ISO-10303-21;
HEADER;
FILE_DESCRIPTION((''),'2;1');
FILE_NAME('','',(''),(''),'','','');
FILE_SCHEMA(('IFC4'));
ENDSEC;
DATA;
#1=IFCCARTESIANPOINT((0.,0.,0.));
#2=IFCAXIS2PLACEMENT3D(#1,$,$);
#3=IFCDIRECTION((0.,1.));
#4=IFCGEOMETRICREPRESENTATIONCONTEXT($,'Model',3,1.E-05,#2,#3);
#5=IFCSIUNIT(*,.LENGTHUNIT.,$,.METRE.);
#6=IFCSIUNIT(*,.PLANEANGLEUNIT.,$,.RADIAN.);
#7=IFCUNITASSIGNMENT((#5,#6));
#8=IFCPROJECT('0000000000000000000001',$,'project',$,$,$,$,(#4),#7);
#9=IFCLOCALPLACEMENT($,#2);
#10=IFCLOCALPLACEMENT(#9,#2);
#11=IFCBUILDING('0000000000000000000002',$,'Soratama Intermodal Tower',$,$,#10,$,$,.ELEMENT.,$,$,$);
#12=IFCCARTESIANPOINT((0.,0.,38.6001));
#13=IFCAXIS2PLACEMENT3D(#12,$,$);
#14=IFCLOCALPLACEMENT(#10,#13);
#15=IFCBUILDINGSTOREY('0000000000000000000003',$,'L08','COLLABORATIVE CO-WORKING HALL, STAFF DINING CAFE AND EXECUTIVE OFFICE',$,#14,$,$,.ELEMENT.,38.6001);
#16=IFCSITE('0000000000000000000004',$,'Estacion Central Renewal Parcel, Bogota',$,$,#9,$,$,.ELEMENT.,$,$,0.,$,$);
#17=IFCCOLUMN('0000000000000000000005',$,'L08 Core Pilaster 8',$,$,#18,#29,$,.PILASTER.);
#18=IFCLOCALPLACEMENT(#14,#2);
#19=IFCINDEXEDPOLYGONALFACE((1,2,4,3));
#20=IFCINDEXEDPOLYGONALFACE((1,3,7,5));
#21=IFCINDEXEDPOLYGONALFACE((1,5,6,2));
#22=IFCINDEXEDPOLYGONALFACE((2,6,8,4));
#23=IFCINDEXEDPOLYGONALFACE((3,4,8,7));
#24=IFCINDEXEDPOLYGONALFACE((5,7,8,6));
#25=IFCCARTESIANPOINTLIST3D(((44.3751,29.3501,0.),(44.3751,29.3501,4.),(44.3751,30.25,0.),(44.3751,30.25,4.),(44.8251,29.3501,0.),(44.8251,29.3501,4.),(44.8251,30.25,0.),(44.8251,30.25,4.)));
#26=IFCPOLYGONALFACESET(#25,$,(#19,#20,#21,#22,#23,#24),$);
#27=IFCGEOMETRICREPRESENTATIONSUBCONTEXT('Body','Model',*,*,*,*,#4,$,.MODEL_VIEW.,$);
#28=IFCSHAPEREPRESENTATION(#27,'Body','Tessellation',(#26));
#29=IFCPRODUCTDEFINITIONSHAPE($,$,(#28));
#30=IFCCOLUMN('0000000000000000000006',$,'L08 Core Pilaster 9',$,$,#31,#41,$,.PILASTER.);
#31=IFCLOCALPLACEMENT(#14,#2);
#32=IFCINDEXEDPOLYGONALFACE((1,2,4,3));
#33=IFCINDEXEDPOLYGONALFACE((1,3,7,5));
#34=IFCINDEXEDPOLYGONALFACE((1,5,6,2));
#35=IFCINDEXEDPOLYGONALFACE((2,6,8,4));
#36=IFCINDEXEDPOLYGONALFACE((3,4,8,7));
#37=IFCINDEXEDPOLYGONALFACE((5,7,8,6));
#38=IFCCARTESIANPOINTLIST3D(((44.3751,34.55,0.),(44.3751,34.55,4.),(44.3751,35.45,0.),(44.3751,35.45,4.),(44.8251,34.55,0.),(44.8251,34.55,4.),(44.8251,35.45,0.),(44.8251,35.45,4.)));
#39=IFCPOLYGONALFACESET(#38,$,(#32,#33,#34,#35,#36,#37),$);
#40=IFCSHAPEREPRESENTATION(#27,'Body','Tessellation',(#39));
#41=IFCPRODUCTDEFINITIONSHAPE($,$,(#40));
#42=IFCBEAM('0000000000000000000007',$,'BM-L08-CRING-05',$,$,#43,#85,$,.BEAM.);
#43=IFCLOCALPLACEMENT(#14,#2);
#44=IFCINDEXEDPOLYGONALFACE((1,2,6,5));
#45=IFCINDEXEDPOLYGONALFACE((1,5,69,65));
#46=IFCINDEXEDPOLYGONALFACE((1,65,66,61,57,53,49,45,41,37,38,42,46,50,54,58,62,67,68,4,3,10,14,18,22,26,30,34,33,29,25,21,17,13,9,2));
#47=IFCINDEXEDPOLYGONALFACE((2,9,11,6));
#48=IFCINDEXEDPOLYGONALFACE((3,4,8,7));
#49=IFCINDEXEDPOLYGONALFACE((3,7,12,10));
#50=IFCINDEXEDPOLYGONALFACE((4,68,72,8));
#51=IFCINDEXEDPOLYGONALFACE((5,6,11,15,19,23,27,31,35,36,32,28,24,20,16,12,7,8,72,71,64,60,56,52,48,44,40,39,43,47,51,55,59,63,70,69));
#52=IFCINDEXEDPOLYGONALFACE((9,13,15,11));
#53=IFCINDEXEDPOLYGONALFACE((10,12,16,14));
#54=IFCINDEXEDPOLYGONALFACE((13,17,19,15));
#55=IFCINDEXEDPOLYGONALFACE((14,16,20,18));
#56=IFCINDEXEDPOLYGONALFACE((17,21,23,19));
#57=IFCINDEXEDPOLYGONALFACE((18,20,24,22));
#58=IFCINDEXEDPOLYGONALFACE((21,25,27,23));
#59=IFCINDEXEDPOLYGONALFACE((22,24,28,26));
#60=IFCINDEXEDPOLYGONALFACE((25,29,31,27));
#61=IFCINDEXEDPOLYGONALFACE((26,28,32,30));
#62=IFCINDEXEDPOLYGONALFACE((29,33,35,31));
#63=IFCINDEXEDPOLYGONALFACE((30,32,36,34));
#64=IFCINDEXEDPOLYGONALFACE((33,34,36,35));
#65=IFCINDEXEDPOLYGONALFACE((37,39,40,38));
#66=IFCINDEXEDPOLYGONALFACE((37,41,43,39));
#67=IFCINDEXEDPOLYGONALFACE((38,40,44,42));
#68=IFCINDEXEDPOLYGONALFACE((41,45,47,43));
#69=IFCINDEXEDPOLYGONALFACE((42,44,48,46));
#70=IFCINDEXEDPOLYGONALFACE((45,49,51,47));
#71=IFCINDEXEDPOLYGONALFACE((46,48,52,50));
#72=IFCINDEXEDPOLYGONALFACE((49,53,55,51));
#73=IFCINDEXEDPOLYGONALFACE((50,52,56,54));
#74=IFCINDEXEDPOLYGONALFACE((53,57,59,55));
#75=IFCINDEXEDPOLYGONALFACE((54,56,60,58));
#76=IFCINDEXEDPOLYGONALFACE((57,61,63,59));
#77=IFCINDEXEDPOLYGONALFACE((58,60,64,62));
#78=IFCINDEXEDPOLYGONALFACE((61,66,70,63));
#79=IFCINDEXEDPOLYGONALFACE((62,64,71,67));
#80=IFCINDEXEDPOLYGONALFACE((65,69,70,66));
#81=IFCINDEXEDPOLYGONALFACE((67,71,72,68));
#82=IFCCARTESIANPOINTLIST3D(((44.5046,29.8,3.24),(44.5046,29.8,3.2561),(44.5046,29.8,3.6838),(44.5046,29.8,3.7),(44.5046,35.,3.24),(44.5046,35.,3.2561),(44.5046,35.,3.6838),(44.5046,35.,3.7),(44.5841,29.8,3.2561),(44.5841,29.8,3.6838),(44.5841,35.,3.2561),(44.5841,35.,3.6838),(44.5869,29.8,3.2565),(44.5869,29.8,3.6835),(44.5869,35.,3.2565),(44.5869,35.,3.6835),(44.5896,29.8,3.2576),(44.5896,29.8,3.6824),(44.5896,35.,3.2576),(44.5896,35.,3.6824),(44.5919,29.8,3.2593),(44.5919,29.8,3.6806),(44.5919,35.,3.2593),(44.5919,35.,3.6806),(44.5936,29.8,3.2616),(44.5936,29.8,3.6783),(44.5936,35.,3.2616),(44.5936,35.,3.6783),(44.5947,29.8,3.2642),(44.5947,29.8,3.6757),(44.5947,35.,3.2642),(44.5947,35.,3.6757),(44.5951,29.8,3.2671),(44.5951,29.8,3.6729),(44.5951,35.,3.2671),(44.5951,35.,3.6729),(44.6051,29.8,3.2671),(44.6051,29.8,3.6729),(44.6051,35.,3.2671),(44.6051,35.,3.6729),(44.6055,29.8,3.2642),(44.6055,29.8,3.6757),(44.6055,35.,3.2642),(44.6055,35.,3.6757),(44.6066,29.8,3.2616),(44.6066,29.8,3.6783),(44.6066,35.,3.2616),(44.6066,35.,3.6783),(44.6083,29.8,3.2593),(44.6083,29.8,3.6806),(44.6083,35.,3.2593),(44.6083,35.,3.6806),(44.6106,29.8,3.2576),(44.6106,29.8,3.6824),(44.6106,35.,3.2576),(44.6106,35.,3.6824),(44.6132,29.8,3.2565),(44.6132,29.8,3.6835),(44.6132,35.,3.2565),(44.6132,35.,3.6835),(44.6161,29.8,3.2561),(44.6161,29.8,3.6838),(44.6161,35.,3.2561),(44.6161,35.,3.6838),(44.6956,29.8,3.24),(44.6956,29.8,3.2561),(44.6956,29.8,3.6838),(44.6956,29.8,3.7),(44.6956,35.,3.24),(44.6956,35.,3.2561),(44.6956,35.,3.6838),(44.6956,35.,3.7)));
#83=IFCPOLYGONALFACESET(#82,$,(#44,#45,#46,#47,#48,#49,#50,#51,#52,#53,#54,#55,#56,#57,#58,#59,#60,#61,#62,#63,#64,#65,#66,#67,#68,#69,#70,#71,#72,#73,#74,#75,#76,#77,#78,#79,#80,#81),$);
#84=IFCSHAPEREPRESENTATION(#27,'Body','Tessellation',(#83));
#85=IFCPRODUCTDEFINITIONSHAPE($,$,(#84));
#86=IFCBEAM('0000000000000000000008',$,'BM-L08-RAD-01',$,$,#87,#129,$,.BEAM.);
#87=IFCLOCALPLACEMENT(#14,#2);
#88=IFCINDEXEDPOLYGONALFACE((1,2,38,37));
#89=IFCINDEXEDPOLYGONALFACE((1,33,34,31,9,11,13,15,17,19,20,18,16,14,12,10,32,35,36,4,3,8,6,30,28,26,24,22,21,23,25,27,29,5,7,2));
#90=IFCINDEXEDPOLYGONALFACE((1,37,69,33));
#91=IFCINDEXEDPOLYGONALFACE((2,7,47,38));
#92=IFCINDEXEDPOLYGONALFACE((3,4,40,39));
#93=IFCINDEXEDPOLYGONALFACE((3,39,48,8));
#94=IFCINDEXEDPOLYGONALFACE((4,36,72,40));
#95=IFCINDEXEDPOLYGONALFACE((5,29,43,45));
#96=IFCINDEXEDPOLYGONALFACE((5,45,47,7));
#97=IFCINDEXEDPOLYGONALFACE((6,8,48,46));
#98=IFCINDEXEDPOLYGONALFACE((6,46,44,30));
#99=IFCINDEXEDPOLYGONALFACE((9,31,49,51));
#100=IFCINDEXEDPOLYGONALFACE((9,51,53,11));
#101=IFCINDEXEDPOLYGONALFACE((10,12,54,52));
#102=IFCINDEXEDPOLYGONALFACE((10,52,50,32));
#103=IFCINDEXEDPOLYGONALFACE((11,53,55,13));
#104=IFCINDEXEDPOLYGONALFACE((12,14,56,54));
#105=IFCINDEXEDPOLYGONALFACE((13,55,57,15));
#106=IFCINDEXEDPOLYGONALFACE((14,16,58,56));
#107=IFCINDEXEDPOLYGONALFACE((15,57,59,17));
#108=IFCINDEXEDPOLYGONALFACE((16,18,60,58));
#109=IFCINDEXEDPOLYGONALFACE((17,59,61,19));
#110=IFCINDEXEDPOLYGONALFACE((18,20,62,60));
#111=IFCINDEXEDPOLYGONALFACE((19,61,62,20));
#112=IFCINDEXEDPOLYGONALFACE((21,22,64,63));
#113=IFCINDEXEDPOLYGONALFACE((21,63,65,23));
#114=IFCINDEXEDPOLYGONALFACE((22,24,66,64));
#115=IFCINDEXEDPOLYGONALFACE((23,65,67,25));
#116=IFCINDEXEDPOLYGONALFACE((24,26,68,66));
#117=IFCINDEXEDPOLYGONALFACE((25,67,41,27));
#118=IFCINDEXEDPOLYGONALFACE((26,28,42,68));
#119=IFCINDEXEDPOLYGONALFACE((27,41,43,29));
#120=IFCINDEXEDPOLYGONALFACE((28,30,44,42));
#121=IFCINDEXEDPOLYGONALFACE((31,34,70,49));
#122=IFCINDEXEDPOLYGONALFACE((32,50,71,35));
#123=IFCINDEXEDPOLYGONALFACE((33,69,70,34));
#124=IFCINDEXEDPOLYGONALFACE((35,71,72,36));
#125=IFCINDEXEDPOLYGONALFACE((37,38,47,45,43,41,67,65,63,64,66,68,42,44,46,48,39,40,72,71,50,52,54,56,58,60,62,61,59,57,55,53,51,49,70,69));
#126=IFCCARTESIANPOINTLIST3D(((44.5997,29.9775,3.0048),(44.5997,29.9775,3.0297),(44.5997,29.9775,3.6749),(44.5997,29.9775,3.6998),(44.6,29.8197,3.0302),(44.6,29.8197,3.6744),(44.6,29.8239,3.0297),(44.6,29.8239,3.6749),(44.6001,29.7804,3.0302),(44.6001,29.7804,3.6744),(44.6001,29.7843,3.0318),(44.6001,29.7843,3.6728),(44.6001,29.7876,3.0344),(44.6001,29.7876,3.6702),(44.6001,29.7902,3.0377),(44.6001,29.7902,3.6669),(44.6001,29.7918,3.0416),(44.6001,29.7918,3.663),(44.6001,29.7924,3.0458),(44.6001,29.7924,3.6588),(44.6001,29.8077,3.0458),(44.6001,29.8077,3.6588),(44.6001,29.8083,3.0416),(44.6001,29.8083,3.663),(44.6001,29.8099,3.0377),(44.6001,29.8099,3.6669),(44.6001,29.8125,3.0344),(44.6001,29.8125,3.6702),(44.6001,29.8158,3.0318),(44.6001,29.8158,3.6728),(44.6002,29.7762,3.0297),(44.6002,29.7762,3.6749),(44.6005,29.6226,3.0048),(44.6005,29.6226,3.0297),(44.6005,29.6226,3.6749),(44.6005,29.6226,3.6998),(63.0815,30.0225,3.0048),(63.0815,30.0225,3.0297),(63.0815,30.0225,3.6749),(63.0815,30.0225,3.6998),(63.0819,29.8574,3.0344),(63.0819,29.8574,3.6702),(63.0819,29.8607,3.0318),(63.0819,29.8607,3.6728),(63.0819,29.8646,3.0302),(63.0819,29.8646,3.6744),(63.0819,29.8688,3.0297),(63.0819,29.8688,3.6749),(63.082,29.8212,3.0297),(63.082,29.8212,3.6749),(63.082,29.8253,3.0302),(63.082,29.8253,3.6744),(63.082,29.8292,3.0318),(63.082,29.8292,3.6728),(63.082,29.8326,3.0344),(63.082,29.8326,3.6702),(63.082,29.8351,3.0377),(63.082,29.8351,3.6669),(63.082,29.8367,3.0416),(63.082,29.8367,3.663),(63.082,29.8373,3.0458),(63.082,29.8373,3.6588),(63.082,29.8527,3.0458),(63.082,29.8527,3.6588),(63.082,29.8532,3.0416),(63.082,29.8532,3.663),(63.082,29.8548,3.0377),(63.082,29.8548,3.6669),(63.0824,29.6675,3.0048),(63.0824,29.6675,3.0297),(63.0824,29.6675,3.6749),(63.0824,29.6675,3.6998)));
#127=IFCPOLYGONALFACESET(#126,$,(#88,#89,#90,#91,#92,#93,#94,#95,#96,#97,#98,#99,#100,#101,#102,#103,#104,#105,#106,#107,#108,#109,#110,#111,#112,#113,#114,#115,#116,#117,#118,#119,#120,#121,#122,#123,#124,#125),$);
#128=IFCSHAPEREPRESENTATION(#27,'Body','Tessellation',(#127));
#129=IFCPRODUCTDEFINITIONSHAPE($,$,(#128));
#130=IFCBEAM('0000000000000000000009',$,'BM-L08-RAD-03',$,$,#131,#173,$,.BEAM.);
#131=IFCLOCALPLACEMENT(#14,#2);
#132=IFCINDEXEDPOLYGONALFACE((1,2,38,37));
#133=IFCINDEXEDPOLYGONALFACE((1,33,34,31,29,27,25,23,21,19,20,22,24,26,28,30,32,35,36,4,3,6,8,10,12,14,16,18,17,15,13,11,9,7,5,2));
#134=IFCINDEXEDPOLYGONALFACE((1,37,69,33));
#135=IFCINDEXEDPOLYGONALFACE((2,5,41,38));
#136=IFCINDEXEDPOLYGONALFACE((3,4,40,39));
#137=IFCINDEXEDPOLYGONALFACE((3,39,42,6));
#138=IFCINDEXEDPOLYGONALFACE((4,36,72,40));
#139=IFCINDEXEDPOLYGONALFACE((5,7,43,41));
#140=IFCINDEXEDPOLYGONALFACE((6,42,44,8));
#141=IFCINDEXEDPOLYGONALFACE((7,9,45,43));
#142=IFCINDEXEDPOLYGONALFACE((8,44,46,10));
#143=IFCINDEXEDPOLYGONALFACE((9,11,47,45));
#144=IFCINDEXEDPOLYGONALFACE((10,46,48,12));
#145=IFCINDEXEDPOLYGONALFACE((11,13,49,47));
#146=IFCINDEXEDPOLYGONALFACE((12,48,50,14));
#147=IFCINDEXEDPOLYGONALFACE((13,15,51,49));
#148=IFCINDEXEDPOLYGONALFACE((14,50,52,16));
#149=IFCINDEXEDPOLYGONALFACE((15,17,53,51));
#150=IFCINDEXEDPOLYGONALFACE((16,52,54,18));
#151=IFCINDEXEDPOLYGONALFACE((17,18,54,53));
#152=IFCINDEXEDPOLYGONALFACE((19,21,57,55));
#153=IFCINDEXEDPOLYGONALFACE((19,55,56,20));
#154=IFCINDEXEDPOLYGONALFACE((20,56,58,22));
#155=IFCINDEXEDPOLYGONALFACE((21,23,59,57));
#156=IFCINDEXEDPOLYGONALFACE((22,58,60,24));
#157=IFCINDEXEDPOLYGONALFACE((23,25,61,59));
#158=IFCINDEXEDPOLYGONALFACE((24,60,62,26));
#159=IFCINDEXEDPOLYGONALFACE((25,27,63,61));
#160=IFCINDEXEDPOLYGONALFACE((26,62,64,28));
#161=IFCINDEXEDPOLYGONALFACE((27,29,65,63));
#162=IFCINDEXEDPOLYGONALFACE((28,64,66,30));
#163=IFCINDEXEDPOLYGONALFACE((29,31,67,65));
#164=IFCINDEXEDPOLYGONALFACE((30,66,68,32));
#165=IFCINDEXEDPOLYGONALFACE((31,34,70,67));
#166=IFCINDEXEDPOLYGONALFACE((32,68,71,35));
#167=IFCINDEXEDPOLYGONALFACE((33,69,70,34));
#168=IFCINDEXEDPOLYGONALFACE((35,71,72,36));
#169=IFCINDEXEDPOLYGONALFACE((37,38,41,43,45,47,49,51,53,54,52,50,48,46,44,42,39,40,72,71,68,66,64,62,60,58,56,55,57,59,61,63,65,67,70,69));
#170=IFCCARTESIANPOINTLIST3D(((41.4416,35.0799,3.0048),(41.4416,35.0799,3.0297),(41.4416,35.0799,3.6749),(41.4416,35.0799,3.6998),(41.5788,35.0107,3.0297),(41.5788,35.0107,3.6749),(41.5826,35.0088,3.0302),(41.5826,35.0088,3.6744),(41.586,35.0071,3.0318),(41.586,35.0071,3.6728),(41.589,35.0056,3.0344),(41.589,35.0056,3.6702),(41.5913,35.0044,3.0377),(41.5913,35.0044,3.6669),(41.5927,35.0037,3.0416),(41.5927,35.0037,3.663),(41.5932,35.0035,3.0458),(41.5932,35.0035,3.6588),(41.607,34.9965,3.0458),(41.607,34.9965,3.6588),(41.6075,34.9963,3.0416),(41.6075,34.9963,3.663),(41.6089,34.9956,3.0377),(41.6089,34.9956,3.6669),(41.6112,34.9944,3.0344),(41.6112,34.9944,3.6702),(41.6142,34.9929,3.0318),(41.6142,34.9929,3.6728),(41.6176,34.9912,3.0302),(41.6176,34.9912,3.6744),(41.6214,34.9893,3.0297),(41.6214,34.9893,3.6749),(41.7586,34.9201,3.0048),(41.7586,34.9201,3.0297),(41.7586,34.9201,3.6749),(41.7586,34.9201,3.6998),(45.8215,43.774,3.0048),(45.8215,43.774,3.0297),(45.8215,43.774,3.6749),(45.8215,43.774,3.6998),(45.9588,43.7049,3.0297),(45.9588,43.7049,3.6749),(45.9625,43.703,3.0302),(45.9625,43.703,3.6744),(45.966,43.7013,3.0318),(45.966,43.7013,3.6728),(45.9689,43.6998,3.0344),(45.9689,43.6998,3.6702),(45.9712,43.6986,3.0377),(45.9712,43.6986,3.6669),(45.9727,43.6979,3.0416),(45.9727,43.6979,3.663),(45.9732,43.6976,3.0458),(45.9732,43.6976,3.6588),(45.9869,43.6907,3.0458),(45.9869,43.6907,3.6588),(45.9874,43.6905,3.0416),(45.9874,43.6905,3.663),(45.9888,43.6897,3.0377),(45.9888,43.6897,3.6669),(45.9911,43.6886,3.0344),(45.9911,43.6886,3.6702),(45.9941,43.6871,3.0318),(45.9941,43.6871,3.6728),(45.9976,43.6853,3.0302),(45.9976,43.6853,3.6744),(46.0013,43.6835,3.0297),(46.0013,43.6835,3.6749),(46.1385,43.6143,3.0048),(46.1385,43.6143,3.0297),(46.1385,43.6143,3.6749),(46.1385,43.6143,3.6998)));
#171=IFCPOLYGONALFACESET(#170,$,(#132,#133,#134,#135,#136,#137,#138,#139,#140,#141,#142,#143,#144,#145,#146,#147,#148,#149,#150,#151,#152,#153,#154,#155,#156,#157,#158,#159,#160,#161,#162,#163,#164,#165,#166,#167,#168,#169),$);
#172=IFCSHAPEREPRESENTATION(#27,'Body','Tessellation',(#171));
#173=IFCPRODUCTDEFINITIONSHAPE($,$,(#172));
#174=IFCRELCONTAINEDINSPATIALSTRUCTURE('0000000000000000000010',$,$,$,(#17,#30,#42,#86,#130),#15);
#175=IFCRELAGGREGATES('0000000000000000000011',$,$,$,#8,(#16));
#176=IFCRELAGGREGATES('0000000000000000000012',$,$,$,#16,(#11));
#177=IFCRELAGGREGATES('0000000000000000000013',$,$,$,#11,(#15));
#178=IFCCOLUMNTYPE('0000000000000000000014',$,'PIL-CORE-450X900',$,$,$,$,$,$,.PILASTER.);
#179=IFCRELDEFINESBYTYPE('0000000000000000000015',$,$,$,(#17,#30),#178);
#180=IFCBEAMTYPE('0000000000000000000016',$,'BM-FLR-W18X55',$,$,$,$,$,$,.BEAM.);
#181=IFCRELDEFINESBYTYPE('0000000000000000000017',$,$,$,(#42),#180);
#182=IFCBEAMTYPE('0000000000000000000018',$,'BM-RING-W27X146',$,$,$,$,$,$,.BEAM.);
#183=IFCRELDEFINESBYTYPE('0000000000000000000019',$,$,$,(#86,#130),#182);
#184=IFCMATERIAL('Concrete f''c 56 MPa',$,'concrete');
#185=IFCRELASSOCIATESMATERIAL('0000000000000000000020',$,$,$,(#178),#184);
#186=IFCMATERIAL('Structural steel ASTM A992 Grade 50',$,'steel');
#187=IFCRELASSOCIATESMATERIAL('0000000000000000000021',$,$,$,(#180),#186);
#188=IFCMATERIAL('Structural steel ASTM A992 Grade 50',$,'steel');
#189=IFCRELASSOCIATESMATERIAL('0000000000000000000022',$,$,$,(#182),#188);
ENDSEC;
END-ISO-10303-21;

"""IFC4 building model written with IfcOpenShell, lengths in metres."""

from ifc_helpers import new_model, si_unit, direction, frame, origin, origin_2d, place, context, subcontext, project, spatial, rectangle, i_section, extrude, material, material_profile, profile_set, type_object, element, save


model = new_model("IFC4")

# Units and contexts
model_context = context("Model", 3, precision=1e-05, world=origin(), true_north=direction((0.0, 1.0)))
body_context = subcontext(model_context, "Body", "Model", "MODEL_VIEW")
ifc_project = project(units=[si_unit("LENGTHUNIT", "METRE"), si_unit("PLANEANGLEUNIT", "RADIAN")], contexts=[model_context])

# Site, building, storey
site_placement = place(None, origin())
site = spatial("IfcSite", under=ifc_project, at=site_placement, Name="Estacion Central Renewal Parcel, Bogota", CompositionType="ELEMENT", RefElevation=0.0)
building_placement = place(site_placement, origin())
building = spatial("IfcBuilding", under=site, at=building_placement, Name="Soratama Intermodal Tower", CompositionType="ELEMENT")
storey_placement = place(building_placement, frame((0.0, 0.0, 38.6001)))
storey = spatial("IfcBuildingStorey", under=building, at=storey_placement, Name="L08", Description="COLLABORATIVE CO-WORKING HALL, STAFF DINING CAFE AND EXECUTIVE OFFICE", CompositionType="ELEMENT", Elevation=38.6001)

# Columns
ifc_material_1 = material(Name="Concrete f'c 56 MPa", Category="concrete")
ifc_material_profile_1 = material_profile(ifc_material_1, rectangle(XDim=0.45, YDim=0.8999, at=origin_2d()), Name="RC450X900")
ifc_profile_set_1 = profile_set([ifc_material_profile_1], Name="Concrete f'c 56 MPa")
column_type = type_object("IfcColumnType", Name="PIL-CORE-450X900", PredefinedType="PILASTER", material=ifc_profile_set_1)
for number, where, z_axis, x_axis, name in (
    (1, (44.6001, 29.8, 0.0), (0.0, 0.0, 1.0), (1.0, 0.0, 0.0), "L08 Core Pilaster 8"),
    (2, (44.6001, 35.0, 0.0), (0.0, 0.0, 1.0), (1.0, 0.0, 0.0), "L08 Core Pilaster 9"),
):
    element("IfcColumn", number, at=place(storey_placement, frame(where, z_axis=z_axis, x_axis=x_axis)), inside=storey, type_object=column_type, Name=name, PredefinedType="PILASTER", context=body_context, shape_type="SweptSolid", body=[
        extrude(rectangle(XDim=0.45, YDim=0.8999, at=origin_2d()), origin(), (0.0, 0.0, 1.0), 4.0),
    ])

# Beams
ifc_material_2 = material(Name="Structural steel ASTM A992 Grade 50", Category="steel")
ifc_material_profile_2 = material_profile(ifc_material_2, i_section(OverallWidth=0.1909, OverallDepth=0.46, WebThickness=0.01, FlangeThickness=0.0161, FilletRadius=0.011, at=origin_2d()), Name="W18X55")
ifc_profile_set_2 = profile_set([ifc_material_profile_2], Name="Structural steel ASTM A992 Grade 50")
beam_type_1 = type_object("IfcBeamType", Name="BM-FLR-W18X55", PredefinedType="BEAM", material=ifc_profile_set_2)
beam_1_placement = place(storey_placement, frame((44.6001, 29.8, 3.47), z_axis=(0.0, 1.0, 0.0), x_axis=(-1.0, 0.0, 0.0)))
element("IfcBeam", 3, at=beam_1_placement, inside=storey, type_object=beam_type_1, Name="BM-L08-CRING-05", PredefinedType="BEAM", context=body_context, shape_type="SweptSolid", body=[
    extrude(i_section(OverallWidth=0.1909, OverallDepth=0.46, WebThickness=0.01, FlangeThickness=0.0161, FilletRadius=0.011, at=origin_2d()), origin(), (0.0, 0.0, 1.0), 5.2),
])
ifc_material_3 = material(Name="Structural steel ASTM A992 Grade 50", Category="steel")
ifc_material_profile_3 = material_profile(ifc_material_3, i_section(OverallWidth=0.355, OverallDepth=0.6951, WebThickness=0.0154, FlangeThickness=0.0249, FilletRadius=0.0161, at=origin_2d()), Name="W27X146")
ifc_profile_set_3 = profile_set([ifc_material_profile_3], Name="Structural steel ASTM A992 Grade 50")
beam_type_2 = type_object("IfcBeamType", Name="BM-RING-W27X146", PredefinedType="BEAM", material=ifc_profile_set_3)
beam_2_placement = place(storey_placement, frame((44.6001, 29.8, 3.3523), z_axis=(0.999997, 0.002431, 0.0), x_axis=(-0.002431, 0.999997, 0.0)))
element("IfcBeam", 4, at=beam_2_placement, inside=storey, type_object=beam_type_2, Name="BM-L08-RAD-01", PredefinedType="BEAM", context=body_context, shape_type="SweptSolid", body=[
    extrude(i_section(OverallWidth=0.355, OverallDepth=0.6951, WebThickness=0.0154, FlangeThickness=0.0249, FilletRadius=0.0161, at=origin_2d()), origin(), (0.0, 0.0, 1.0), 18.4819),
])
beam_3_placement = place(storey_placement, frame((41.6001, 35.0, 3.3523), z_axis=(0.44991, 0.893074, 0.0), x_axis=(-0.893074, 0.44991, 0.0)))
element("IfcBeam", 5, at=beam_3_placement, inside=storey, type_object=beam_type_2, Name="BM-L08-RAD-03", PredefinedType="BEAM", context=body_context, shape_type="SweptSolid", body=[
    extrude(i_section(OverallWidth=0.355, OverallDepth=0.6951, WebThickness=0.0154, FlangeThickness=0.0249, FilletRadius=0.0161, at=origin_2d()), origin(), (0.0, 0.0, 1.0), 9.7351),
])

save(model, "model.ifc")
